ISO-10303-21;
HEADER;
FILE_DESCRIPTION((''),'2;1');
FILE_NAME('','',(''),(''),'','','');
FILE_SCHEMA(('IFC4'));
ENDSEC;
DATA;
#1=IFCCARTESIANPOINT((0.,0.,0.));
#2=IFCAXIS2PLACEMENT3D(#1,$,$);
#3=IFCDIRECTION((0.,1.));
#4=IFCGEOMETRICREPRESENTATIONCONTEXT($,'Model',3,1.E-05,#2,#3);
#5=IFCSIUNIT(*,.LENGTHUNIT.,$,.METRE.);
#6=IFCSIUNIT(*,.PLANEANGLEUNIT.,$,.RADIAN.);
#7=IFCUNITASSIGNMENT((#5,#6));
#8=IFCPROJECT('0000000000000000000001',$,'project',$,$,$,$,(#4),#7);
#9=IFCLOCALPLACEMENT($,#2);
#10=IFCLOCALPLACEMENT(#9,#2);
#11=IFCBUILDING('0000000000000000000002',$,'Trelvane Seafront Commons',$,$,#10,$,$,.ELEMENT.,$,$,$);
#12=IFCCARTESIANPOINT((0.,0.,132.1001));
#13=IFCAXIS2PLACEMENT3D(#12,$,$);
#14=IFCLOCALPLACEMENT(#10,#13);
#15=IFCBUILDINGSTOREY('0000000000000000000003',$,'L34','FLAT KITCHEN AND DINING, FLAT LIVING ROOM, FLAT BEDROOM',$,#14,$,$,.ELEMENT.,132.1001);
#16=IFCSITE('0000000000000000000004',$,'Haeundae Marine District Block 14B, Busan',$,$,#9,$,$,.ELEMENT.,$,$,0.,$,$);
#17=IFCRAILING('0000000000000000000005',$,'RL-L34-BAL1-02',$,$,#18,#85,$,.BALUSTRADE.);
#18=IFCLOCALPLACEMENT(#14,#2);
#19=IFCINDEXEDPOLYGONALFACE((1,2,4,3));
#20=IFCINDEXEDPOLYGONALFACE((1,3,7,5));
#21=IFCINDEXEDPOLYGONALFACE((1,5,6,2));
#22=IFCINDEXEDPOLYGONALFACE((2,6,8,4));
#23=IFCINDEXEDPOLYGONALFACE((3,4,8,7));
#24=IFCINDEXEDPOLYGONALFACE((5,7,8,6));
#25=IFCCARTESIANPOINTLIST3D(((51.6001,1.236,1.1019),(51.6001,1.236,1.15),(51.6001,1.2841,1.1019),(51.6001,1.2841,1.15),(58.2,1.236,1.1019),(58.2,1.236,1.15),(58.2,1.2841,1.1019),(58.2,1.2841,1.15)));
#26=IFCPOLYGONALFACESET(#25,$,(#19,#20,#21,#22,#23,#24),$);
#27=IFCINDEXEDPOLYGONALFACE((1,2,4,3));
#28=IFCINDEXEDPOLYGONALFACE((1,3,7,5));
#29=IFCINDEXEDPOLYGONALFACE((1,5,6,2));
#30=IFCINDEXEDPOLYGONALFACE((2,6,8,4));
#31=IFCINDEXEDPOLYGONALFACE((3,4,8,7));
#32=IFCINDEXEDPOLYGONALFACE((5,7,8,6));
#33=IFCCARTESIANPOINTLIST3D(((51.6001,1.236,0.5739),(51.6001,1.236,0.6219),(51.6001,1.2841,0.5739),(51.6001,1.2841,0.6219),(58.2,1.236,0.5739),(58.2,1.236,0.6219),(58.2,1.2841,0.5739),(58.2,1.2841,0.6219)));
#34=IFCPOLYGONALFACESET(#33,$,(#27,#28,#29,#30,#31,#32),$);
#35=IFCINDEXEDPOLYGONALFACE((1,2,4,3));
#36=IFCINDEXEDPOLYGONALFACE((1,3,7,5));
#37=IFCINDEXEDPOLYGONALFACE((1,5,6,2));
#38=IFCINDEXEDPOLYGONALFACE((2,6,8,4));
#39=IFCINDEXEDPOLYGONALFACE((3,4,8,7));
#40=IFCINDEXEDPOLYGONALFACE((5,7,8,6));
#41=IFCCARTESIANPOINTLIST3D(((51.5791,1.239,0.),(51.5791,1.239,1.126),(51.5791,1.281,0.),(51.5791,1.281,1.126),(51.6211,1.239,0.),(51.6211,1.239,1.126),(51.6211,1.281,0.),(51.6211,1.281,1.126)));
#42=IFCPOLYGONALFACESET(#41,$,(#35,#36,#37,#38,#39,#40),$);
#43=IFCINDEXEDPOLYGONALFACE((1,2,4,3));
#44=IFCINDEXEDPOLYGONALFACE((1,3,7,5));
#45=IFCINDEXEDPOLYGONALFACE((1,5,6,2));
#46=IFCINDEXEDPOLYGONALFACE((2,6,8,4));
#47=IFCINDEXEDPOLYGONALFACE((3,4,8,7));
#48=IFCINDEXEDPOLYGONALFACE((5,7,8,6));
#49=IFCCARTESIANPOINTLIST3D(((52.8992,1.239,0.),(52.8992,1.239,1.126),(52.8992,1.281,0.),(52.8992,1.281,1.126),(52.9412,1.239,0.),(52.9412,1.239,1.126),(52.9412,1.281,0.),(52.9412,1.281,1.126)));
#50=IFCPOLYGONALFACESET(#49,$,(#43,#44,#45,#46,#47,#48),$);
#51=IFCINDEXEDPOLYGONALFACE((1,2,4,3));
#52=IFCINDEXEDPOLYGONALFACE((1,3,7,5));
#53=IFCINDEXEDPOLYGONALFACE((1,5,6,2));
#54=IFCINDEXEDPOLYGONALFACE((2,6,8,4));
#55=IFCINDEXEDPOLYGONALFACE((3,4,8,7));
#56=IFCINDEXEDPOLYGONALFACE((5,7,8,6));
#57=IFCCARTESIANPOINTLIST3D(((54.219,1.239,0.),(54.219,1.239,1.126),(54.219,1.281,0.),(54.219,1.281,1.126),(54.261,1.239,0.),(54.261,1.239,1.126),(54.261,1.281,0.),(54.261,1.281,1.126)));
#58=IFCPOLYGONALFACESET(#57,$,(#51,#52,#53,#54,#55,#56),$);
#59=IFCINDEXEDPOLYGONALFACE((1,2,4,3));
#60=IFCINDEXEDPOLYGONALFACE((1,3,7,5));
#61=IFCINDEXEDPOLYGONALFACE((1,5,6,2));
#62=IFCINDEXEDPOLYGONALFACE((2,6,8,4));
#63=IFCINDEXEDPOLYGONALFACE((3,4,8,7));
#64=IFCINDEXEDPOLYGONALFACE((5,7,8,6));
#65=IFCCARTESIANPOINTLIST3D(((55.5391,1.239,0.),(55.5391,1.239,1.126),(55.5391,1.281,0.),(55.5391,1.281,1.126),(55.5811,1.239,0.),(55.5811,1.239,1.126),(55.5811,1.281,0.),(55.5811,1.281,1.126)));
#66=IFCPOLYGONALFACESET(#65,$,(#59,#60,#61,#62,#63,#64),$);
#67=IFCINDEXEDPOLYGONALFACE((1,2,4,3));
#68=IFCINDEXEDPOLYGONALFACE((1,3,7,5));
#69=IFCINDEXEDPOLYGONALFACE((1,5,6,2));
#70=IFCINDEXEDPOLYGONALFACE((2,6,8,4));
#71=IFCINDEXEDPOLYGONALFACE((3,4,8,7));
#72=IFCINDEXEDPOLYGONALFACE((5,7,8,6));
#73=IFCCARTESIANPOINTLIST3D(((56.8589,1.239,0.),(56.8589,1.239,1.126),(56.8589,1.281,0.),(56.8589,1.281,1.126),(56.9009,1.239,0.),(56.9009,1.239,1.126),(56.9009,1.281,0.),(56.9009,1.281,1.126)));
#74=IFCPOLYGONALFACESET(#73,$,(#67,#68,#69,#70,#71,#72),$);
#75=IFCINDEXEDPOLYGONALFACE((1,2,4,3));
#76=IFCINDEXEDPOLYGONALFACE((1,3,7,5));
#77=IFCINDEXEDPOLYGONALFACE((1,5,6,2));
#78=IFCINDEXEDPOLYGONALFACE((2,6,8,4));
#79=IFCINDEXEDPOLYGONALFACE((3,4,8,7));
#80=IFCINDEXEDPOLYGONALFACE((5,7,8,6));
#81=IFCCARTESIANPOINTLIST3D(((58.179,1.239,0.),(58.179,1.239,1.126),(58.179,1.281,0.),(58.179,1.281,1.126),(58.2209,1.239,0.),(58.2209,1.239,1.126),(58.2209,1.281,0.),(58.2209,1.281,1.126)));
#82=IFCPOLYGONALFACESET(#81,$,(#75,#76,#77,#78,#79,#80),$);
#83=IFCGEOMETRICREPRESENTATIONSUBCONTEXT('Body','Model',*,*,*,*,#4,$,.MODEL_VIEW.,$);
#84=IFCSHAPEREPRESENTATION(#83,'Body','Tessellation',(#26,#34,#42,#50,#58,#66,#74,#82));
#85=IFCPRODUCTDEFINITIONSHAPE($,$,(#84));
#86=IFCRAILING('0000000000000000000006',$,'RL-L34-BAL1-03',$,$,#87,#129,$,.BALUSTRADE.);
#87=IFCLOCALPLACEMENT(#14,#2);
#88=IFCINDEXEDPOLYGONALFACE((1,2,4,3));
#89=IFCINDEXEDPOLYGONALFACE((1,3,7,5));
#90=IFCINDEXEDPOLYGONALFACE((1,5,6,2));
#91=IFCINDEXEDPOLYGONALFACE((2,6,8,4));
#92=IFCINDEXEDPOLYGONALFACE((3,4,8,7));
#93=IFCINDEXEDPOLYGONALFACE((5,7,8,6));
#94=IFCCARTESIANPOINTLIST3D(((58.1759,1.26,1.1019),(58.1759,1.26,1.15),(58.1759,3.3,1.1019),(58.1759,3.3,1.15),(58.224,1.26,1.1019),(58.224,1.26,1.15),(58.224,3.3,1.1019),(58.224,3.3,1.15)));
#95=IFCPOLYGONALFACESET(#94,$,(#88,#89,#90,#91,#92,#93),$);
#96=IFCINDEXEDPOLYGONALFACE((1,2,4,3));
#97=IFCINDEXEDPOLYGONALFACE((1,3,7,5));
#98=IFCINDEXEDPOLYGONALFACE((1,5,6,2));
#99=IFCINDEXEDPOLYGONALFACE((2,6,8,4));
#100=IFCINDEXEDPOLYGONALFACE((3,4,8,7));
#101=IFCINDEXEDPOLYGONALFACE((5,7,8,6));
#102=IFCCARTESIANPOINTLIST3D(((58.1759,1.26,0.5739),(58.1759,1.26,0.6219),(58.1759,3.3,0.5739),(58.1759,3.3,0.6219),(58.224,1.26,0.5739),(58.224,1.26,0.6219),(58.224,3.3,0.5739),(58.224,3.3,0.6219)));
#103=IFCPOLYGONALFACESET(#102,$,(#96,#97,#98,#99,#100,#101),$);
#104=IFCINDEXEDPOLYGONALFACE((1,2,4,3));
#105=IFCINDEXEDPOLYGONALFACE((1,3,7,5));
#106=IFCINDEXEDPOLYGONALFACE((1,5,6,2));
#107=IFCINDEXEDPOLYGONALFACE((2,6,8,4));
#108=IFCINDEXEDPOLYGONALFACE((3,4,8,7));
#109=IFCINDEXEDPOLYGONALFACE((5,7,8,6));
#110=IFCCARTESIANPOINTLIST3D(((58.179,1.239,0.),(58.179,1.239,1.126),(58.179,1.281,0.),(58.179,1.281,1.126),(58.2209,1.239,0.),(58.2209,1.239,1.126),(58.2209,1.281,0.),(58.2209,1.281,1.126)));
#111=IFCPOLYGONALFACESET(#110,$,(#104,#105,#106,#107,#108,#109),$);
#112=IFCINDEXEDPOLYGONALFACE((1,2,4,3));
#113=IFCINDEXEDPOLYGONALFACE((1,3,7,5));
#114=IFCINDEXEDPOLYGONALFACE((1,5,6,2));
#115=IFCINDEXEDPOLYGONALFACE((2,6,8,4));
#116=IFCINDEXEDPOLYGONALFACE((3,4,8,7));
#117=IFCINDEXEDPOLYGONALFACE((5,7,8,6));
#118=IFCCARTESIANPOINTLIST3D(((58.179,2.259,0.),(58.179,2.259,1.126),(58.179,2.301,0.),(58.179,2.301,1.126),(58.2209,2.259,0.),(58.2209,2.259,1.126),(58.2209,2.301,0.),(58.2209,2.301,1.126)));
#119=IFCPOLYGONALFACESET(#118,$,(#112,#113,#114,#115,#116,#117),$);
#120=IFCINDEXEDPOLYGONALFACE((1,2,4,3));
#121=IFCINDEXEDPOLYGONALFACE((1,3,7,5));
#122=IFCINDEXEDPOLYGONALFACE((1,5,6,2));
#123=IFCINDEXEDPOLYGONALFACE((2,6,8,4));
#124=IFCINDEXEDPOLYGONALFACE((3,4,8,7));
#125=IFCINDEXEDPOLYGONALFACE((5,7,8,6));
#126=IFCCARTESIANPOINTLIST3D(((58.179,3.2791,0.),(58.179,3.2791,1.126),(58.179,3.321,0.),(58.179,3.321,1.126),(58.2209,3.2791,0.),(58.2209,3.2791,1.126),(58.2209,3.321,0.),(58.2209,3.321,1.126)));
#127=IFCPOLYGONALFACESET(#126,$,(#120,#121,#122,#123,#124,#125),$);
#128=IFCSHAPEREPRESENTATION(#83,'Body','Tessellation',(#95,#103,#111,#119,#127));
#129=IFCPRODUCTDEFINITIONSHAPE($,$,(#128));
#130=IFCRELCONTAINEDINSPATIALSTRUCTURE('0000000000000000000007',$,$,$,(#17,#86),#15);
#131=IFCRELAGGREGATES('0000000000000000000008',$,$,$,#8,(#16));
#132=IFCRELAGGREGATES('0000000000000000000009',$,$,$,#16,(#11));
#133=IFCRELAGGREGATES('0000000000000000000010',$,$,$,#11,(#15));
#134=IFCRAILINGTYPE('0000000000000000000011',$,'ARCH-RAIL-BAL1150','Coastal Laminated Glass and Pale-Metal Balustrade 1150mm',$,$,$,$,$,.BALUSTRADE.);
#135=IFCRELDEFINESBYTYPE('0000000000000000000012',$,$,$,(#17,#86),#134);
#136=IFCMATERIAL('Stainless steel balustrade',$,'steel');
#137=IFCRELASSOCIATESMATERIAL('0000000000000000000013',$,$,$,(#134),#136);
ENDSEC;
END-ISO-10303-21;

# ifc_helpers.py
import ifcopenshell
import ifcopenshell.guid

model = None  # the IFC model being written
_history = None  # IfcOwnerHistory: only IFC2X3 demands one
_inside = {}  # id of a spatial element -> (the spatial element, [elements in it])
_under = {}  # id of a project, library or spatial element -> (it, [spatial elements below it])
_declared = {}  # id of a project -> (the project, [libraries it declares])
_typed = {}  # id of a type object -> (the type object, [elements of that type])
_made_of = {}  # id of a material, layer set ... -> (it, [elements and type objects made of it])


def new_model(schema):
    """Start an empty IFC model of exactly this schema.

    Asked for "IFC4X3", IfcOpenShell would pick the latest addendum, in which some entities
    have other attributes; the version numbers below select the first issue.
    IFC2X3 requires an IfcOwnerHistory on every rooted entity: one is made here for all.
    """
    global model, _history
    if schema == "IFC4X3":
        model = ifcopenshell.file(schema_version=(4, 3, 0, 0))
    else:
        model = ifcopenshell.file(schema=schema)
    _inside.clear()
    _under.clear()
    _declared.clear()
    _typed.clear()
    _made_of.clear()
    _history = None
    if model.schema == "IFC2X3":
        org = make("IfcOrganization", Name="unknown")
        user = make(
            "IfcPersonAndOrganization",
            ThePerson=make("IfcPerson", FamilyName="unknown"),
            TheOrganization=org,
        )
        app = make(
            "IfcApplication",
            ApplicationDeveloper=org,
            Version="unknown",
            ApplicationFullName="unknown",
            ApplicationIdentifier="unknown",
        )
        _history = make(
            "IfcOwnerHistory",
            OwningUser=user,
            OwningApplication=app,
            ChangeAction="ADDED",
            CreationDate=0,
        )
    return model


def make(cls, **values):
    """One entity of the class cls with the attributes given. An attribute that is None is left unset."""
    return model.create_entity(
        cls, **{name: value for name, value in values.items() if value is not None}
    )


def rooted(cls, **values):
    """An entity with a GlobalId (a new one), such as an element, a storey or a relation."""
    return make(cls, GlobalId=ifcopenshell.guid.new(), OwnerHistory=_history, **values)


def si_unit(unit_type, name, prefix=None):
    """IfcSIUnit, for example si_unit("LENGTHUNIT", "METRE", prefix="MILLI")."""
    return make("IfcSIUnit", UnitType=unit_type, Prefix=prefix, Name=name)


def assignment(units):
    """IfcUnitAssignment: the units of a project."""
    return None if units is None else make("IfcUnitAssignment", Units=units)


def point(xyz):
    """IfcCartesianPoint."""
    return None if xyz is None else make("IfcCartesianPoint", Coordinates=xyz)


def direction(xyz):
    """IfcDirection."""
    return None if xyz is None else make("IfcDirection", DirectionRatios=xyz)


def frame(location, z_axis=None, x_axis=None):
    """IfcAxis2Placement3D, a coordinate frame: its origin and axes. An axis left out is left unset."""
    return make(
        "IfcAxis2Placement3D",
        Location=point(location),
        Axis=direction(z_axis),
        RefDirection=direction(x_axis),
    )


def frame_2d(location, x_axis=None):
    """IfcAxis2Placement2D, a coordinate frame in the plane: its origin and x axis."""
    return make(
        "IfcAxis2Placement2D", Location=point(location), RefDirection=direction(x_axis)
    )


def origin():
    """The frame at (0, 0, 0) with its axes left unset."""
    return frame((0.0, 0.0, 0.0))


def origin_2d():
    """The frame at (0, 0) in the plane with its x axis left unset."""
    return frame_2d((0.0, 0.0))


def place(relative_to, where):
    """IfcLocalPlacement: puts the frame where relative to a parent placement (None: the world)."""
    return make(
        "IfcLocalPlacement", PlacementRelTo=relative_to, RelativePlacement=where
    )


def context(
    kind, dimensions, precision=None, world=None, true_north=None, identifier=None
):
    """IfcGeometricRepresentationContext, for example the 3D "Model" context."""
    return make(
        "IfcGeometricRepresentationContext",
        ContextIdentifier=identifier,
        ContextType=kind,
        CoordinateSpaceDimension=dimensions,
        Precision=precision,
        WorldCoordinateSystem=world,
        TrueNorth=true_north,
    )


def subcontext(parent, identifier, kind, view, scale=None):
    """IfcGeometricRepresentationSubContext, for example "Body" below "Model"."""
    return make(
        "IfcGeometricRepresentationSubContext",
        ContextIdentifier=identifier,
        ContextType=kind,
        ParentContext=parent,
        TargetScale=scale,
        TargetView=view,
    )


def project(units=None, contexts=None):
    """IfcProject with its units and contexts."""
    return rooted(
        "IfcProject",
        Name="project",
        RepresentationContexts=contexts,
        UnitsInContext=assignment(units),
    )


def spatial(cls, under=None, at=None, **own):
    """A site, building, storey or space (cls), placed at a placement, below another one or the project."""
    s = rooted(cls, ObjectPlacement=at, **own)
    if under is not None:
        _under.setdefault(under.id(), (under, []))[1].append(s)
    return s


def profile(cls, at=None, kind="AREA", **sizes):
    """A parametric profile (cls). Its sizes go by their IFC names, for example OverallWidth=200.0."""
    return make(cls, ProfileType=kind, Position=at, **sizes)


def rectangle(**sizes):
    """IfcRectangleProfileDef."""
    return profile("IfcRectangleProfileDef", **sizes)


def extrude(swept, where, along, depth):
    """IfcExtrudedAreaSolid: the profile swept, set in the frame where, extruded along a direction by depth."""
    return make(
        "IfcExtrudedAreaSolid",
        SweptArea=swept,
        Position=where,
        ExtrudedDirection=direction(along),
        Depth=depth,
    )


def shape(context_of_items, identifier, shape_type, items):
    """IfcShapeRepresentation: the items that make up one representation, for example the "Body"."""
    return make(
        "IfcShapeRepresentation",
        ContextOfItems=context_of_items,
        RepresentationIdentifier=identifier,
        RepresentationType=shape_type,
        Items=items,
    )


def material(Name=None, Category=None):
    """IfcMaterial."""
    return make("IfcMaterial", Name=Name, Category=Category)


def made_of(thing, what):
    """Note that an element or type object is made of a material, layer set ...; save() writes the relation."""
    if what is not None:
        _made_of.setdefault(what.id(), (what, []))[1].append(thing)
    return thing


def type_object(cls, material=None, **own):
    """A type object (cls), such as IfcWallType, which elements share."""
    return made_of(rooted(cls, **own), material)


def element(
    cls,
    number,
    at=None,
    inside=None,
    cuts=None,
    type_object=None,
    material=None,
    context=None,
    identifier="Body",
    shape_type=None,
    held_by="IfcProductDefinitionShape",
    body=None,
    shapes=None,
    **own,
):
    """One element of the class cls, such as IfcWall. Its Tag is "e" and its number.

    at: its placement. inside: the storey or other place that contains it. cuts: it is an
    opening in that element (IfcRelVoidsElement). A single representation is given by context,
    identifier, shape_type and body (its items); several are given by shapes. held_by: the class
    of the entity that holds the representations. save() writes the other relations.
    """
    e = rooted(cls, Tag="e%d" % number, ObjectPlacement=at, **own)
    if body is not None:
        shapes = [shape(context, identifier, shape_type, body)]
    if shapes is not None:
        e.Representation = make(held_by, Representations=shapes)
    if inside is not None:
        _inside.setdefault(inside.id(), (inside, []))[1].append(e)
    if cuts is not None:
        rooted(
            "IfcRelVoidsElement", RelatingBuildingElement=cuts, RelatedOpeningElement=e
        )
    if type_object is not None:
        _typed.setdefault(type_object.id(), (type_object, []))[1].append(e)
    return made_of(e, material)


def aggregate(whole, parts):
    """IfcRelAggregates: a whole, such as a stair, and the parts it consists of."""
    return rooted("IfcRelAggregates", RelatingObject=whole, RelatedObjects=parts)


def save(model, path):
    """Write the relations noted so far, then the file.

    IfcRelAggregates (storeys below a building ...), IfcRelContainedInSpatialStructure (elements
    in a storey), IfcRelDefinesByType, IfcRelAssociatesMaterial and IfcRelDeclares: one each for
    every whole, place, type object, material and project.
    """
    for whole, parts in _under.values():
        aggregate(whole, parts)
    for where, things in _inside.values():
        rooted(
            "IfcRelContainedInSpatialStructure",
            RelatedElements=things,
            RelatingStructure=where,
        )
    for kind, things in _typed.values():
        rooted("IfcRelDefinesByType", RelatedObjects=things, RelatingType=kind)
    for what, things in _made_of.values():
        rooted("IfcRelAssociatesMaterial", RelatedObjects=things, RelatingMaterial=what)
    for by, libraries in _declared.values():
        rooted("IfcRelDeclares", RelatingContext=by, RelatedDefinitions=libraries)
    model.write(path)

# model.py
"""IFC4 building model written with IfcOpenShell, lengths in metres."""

from ifc_helpers import new_model, si_unit, direction, frame, origin, origin_2d, place, context, subcontext, project, spatial, rectangle, extrude, material, type_object, element, save


model = new_model("IFC4")

# Units and contexts
model_context = context("Model", 3, precision=1e-05, world=origin(), true_north=direction((0.0, 1.0)))
body_context = subcontext(model_context, "Body", "Model", "MODEL_VIEW")
ifc_project = project(units=[si_unit("LENGTHUNIT", "METRE"), si_unit("PLANEANGLEUNIT", "RADIAN")], contexts=[model_context])

# Site, building, storey
site_placement = place(None, origin())
site = spatial("IfcSite", under=ifc_project, at=site_placement, Name="Haeundae Marine District Block 14B, Busan", CompositionType="ELEMENT", RefElevation=0.0)
building_placement = place(site_placement, origin())
building = spatial("IfcBuilding", under=site, at=building_placement, Name="Trelvane Seafront Commons", CompositionType="ELEMENT")
storey_placement = place(building_placement, frame((0.0, 0.0, 132.1001)))
storey = spatial("IfcBuildingStorey", under=building, at=storey_placement, Name="L34", Description="FLAT KITCHEN AND DINING, FLAT LIVING ROOM, FLAT BEDROOM", CompositionType="ELEMENT", Elevation=132.1001)

# Railings
ifc_material_1 = material(Name="Stainless steel balustrade", Category="steel")
railing_type = type_object("IfcRailingType", Name="ARCH-RAIL-BAL1150", Description="Coastal Laminated Glass and Pale-Metal Balustrade 1150mm", PredefinedType="BALUSTRADE", material=ifc_material_1)
railing_1_placement = place(storey_placement, frame((51.6001, 1.26, 0.0)))
element("IfcRailing", 1, at=railing_1_placement, inside=storey, type_object=railing_type, Name="RL-L34-BAL1-02", PredefinedType="BALUSTRADE", context=body_context, shape_type="SweptSolid", body=[
    extrude(rectangle(XDim=0.0481, YDim=0.0481, at=origin_2d()), frame((0.0, 0.0, 1.126), z_axis=(1.0, 0.0, 0.0), x_axis=(0.0, 1.0, 0.0)), (0.0, 0.0, 1.0), 6.5999),
    extrude(rectangle(XDim=0.0481, YDim=0.0481, at=origin_2d()), frame((0.0, 0.0, 0.5979), z_axis=(1.0, 0.0, 0.0), x_axis=(0.0, 1.0, 0.0)), (0.0, 0.0, 1.0), 6.5999),
    extrude(rectangle(XDim=0.042, YDim=0.042, at=origin_2d()), origin(), (0.0, 0.0, 1.0), 1.126),
    extrude(rectangle(XDim=0.042, YDim=0.042, at=origin_2d()), frame((1.3201, 0.0, 0.0)), (0.0, 0.0, 1.0), 1.126),
    extrude(rectangle(XDim=0.042, YDim=0.042, at=origin_2d()), frame((2.6399, 0.0, 0.0)), (0.0, 0.0, 1.0), 1.126),
    extrude(rectangle(XDim=0.042, YDim=0.042, at=origin_2d()), frame((3.96, 0.0, 0.0)), (0.0, 0.0, 1.0), 1.126),
    extrude(rectangle(XDim=0.042, YDim=0.042, at=origin_2d()), frame((5.2798, 0.0, 0.0)), (0.0, 0.0, 1.0), 1.126),
    extrude(rectangle(XDim=0.042, YDim=0.042, at=origin_2d()), frame((6.5999, 0.0, 0.0)), (0.0, 0.0, 1.0), 1.126),
])
railing_2_placement = place(storey_placement, frame((58.2, 1.26, 0.0)))
element("IfcRailing", 2, at=railing_2_placement, inside=storey, type_object=railing_type, Name="RL-L34-BAL1-03", PredefinedType="BALUSTRADE", context=body_context, shape_type="SweptSolid", body=[
    extrude(rectangle(XDim=0.0481, YDim=0.0481, at=origin_2d()), frame((0.0, 0.0, 1.126), z_axis=(0.0, 1.0, 0.0), x_axis=(-1.0, 0.0, 0.0)), (0.0, 0.0, 1.0), 2.04),
    extrude(rectangle(XDim=0.0481, YDim=0.0481, at=origin_2d()), frame((0.0, 0.0, 0.5979), z_axis=(0.0, 1.0, 0.0), x_axis=(-1.0, 0.0, 0.0)), (0.0, 0.0, 1.0), 2.04),
    extrude(rectangle(XDim=0.042, YDim=0.042, at=origin_2d()), origin(), (0.0, 0.0, 1.0), 1.126),
    extrude(rectangle(XDim=0.042, YDim=0.042, at=origin_2d()), frame((0.0, 1.02, 0.0)), (0.0, 0.0, 1.0), 1.126),
    extrude(rectangle(XDim=0.042, YDim=0.042, at=origin_2d()), frame((0.0, 2.04, 0.0)), (0.0, 0.0, 1.0), 1.126),
])

save(model, "model.ifc")
